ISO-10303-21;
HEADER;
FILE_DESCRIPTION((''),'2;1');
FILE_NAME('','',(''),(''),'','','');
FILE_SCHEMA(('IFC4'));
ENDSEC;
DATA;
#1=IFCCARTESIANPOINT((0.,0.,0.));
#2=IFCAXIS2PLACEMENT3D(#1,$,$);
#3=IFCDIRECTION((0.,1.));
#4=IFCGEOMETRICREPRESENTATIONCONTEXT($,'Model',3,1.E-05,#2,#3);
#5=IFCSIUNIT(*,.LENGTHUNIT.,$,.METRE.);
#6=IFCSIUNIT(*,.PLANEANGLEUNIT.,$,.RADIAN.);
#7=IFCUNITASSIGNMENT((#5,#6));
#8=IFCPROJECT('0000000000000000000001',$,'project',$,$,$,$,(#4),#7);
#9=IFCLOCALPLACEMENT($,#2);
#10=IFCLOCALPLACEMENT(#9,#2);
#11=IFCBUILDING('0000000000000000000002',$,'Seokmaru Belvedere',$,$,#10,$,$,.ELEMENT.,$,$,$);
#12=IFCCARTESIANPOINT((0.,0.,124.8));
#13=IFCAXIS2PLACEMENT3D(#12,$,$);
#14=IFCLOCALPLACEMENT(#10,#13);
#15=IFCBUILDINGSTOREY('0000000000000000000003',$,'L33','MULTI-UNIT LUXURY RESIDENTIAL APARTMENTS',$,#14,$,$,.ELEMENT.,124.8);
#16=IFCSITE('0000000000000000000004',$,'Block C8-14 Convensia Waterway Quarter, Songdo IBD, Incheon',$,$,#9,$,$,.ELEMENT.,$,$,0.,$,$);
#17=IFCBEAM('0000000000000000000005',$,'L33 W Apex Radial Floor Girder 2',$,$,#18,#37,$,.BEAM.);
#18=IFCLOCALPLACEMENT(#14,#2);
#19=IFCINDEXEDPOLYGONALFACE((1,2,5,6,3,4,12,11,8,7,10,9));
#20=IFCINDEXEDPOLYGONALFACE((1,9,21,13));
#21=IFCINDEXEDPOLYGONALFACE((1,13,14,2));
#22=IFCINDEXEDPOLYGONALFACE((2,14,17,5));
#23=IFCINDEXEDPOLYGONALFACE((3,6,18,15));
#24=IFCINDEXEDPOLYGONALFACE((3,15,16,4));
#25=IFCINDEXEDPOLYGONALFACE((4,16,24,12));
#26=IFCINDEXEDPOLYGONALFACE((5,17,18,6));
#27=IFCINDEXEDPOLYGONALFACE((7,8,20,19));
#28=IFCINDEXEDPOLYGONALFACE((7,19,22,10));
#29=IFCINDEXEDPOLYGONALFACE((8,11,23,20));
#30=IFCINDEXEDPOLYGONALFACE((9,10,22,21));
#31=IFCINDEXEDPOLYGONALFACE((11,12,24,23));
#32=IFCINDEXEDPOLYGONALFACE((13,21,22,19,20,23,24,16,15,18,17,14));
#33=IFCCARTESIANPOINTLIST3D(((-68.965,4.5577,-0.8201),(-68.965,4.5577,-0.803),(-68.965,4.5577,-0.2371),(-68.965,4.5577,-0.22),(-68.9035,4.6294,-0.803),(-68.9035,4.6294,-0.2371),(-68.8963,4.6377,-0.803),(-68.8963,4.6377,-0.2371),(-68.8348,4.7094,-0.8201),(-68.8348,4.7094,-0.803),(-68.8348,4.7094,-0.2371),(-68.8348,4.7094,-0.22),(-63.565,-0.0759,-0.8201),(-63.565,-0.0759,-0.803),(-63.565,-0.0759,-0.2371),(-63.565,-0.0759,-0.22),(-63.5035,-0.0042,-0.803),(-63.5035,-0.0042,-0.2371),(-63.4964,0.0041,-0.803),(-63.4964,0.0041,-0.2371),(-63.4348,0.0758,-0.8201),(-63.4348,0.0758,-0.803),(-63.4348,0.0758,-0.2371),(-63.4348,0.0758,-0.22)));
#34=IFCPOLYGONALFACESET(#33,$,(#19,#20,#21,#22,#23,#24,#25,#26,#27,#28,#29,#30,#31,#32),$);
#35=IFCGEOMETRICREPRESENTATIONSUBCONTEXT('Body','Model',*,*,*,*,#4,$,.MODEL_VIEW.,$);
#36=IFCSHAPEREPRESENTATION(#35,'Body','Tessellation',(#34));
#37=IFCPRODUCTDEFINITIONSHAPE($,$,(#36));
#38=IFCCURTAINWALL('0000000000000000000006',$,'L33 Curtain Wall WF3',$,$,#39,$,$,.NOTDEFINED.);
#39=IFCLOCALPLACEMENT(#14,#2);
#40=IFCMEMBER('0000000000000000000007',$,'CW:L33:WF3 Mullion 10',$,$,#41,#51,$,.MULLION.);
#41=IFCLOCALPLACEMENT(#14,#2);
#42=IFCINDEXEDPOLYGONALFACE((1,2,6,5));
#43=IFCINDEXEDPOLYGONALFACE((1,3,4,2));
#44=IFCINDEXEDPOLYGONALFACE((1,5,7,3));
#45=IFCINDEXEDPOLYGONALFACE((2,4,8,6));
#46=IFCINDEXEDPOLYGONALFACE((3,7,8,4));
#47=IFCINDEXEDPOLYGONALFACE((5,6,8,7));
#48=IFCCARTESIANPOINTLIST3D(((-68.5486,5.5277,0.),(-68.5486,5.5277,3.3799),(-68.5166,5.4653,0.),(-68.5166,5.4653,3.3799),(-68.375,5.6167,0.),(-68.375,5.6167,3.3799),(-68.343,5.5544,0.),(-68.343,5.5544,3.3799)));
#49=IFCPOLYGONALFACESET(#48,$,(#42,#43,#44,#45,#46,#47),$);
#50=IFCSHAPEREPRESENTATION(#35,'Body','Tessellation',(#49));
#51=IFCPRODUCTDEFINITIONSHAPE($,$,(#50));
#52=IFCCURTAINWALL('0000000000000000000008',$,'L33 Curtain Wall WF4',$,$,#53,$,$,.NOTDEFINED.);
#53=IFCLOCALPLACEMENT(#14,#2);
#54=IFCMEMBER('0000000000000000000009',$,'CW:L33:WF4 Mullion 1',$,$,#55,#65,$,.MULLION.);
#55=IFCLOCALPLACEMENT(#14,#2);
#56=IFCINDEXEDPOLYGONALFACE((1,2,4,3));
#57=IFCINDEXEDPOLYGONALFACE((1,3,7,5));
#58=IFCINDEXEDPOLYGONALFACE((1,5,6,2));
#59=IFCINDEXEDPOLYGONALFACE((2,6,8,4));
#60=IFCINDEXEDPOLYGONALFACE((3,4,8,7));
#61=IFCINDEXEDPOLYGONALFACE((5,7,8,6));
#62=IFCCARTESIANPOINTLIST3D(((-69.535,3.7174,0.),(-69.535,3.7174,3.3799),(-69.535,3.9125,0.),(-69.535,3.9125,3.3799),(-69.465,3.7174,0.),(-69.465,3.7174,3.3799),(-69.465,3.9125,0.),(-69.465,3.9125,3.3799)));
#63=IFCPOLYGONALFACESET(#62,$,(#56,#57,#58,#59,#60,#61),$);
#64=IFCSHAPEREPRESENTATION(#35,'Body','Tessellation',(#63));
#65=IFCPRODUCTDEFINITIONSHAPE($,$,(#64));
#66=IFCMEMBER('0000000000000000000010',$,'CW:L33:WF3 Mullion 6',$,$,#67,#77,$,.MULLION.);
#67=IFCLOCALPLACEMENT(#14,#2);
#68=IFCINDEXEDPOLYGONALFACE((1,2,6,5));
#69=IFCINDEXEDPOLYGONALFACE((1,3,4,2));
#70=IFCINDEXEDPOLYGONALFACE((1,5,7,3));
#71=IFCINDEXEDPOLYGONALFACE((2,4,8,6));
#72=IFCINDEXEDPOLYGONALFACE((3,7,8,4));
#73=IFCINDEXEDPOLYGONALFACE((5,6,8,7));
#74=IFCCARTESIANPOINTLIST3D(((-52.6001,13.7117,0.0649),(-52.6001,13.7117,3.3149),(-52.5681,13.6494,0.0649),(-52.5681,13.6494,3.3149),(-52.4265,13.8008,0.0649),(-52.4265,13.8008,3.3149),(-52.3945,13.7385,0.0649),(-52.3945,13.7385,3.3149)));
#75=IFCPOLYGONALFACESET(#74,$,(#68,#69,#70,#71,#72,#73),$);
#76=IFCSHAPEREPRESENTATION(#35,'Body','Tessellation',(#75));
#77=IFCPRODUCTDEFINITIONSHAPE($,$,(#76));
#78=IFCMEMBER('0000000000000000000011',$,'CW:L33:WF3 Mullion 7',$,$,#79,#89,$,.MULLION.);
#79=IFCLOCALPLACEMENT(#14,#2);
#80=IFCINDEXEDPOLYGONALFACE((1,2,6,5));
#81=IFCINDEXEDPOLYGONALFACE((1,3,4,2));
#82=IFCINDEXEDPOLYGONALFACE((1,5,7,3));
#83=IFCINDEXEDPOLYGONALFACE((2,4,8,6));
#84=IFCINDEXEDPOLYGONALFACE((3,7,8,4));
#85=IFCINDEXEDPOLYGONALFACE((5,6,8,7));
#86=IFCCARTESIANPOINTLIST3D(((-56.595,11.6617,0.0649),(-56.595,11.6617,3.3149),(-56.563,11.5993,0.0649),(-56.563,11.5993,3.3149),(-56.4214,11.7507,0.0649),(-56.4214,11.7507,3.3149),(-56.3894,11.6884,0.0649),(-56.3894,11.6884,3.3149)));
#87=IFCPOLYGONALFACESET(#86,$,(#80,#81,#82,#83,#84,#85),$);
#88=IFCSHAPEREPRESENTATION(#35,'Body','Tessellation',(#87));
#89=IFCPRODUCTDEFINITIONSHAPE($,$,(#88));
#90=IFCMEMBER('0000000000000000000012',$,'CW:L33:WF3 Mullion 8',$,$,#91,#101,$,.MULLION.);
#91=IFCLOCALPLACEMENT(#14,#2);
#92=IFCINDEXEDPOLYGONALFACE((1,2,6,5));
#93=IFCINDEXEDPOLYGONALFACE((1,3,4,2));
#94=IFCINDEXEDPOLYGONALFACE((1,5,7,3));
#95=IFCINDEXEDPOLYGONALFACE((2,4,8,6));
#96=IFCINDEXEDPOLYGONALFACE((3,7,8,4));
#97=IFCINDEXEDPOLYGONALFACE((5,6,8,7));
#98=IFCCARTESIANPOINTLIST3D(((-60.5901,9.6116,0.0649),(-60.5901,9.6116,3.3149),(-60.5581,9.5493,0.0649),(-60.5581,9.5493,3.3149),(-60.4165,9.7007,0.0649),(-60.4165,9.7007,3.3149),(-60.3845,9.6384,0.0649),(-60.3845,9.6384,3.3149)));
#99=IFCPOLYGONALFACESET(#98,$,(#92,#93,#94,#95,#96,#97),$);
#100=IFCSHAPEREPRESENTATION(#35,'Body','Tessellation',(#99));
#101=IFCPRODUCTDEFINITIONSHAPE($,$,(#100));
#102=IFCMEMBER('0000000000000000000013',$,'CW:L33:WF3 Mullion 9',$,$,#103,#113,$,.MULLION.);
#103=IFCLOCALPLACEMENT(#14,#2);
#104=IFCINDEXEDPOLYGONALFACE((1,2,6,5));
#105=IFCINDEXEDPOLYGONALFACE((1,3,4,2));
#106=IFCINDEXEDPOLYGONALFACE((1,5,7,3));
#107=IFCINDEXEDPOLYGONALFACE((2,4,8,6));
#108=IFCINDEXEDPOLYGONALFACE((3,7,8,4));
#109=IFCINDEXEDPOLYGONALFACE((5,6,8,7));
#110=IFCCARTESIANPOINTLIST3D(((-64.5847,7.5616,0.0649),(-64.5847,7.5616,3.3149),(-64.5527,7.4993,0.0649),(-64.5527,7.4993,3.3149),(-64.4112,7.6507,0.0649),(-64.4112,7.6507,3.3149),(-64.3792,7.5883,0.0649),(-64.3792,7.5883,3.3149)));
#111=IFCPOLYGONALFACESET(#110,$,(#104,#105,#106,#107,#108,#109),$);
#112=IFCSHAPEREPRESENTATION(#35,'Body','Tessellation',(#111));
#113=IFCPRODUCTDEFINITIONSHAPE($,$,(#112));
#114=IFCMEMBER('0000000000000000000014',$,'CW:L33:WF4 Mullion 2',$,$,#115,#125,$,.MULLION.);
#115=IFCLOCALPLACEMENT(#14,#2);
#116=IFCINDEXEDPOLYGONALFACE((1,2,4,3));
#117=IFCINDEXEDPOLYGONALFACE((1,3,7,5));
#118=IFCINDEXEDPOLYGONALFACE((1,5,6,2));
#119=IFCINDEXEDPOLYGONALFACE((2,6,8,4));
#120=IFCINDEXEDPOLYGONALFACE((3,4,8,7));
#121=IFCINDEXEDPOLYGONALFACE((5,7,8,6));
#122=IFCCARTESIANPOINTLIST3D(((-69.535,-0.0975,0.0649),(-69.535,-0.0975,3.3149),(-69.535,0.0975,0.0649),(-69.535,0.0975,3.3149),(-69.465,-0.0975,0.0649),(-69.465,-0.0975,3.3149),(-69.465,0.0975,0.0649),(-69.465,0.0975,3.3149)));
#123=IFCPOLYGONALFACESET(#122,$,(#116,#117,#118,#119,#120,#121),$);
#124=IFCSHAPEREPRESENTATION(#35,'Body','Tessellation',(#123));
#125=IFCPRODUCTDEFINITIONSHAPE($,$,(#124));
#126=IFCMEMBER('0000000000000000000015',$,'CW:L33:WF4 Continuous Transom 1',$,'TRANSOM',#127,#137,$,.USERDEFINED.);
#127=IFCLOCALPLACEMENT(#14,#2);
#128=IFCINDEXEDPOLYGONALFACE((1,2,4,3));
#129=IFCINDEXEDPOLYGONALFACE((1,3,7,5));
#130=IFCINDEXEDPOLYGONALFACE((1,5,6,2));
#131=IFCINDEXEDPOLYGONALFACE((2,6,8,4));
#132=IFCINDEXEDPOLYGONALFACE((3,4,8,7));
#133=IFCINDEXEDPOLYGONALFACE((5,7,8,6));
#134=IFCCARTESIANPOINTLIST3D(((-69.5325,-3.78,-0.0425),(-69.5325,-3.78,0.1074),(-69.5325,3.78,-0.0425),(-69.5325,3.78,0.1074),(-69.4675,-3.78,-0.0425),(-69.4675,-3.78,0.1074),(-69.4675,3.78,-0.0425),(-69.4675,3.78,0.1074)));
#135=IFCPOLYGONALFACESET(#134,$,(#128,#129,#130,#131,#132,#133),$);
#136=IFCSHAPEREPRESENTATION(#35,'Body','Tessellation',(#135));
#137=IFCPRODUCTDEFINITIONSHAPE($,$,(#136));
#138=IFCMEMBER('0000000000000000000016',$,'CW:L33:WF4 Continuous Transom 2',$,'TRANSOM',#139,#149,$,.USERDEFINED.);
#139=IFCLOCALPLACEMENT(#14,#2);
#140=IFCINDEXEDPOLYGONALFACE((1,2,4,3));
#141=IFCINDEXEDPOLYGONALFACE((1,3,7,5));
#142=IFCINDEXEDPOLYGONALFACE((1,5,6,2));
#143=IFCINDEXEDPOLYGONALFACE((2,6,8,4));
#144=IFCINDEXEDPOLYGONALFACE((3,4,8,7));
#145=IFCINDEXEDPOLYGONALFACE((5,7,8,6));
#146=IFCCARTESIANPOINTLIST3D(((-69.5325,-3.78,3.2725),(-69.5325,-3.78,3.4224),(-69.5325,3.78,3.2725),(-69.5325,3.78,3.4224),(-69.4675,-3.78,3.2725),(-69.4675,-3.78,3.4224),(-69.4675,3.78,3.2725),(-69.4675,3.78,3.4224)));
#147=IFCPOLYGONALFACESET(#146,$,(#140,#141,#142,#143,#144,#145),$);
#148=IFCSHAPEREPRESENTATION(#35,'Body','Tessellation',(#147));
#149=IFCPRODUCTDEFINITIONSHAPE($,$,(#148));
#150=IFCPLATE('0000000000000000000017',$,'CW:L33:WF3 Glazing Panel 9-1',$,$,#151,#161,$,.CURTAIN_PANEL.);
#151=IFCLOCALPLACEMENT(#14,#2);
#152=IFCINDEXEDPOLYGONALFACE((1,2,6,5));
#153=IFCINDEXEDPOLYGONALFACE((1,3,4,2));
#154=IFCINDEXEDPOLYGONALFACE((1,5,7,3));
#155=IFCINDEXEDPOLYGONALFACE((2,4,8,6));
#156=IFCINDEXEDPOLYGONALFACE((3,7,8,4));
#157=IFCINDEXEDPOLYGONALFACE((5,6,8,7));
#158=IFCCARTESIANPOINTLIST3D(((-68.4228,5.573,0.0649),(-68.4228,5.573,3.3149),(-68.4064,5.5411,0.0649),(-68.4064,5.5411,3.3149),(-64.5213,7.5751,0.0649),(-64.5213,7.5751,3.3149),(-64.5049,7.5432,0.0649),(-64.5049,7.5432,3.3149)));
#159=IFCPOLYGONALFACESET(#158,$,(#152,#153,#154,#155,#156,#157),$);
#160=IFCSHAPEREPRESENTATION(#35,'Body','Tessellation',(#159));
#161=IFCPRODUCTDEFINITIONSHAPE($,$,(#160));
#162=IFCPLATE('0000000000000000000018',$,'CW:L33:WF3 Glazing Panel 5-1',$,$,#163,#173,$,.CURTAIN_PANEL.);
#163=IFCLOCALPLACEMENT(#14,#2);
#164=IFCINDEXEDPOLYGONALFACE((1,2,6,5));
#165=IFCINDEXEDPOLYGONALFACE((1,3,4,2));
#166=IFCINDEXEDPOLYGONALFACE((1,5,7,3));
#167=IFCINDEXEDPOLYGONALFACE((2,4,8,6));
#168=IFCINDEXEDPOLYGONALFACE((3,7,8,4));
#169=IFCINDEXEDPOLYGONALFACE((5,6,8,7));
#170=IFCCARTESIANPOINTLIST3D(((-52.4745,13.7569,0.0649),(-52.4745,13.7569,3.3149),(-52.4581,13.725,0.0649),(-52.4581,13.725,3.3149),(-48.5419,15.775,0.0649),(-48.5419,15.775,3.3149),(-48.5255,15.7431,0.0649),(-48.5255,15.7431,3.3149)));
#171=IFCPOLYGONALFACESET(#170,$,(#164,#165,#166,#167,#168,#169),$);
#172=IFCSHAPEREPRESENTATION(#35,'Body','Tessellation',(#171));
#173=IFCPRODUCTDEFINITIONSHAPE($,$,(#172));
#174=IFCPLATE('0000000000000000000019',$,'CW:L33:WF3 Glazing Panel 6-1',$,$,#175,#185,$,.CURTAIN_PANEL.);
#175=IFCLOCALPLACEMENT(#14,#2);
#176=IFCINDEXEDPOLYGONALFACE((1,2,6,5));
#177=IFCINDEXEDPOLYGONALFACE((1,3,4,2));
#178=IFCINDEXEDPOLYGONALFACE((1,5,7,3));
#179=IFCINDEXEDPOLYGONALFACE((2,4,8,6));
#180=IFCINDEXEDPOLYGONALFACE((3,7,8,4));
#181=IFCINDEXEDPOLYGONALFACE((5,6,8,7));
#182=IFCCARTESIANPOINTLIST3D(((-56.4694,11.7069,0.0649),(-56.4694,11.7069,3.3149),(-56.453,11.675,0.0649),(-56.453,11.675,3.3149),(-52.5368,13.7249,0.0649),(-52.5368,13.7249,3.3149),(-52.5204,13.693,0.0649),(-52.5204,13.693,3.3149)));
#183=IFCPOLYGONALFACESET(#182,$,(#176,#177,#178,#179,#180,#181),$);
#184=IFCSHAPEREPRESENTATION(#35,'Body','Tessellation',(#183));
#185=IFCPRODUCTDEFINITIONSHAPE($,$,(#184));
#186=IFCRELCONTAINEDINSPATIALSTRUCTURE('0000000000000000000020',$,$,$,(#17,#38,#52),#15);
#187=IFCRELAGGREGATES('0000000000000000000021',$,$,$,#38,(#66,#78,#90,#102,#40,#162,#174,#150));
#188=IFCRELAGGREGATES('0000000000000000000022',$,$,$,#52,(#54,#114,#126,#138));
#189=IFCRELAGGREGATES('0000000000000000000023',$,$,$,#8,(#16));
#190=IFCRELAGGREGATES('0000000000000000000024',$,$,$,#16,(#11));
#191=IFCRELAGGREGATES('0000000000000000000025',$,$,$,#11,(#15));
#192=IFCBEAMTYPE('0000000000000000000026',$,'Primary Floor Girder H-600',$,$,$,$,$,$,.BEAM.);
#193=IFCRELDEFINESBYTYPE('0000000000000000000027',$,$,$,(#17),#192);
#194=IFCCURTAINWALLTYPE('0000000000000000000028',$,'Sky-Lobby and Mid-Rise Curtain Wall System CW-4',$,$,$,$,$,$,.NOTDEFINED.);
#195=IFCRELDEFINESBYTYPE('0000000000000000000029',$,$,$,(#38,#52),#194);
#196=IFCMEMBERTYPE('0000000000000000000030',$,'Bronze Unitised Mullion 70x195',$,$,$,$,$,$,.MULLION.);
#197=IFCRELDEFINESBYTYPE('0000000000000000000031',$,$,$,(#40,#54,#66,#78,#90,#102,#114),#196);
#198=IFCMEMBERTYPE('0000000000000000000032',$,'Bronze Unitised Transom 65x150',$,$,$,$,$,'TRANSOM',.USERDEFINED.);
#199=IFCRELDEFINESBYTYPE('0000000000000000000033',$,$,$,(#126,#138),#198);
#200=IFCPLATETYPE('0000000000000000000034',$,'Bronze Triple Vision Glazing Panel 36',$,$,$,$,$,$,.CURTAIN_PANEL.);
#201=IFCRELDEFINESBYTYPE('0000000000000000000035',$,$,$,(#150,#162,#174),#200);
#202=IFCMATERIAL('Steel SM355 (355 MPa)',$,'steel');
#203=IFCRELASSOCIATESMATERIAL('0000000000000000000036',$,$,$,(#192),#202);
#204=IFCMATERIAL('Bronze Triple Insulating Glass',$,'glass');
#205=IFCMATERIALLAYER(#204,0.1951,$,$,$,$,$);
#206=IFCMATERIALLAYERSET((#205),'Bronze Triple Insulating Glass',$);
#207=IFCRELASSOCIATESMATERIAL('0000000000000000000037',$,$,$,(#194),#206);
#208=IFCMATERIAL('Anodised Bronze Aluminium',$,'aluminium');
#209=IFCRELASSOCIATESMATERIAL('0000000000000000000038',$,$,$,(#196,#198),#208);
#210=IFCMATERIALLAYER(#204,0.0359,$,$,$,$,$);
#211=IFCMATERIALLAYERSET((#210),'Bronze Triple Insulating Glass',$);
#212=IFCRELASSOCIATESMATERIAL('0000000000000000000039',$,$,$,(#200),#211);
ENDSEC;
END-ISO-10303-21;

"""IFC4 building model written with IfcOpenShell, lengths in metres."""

from ifc_helpers import new_model, si_unit, direction, frame, origin, origin_2d, place, context, subcontext, project, spatial, rectangle, i_section, extrude, source, transform, mapped, material, layer, layer_set, material_profile, profile_set, type_object, type_shapes, element, aggregate, save


model = new_model("IFC4")

# Units and contexts
model_context = context("Model", 3, precision=1e-05, world=origin(), true_north=direction((0.0, 1.0)))
body_context = subcontext(model_context, "Body", "Model", "MODEL_VIEW")
ifc_project = project(units=[si_unit("LENGTHUNIT", "METRE"), si_unit("PLANEANGLEUNIT", "RADIAN")], contexts=[model_context])

# Site, building, storey
site_placement = place(None, origin())
site = spatial("IfcSite", under=ifc_project, at=site_placement, Name="Block C8-14 Convensia Waterway Quarter, Songdo IBD, Incheon", CompositionType="ELEMENT", RefElevation=0.0)
building_placement = place(site_placement, origin())
building = spatial("IfcBuilding", under=site, at=building_placement, Name="Seokmaru Belvedere", CompositionType="ELEMENT")
storey_placement = place(building_placement, frame((0.0, 0.0, 124.8)))
storey = spatial("IfcBuildingStorey", under=building, at=storey_placement, Name="L33", Description="MULTI-UNIT LUXURY RESIDENTIAL APARTMENTS", CompositionType="ELEMENT", Elevation=124.8)

# Shared definitions
ifc_material_1 = material(Name="Steel SM355 (355 MPa)", Category="steel")

# Beam
ifc_material_profile_1 = material_profile(ifc_material_1, i_section(OverallWidth=0.2, OverallDepth=0.6001, WebThickness=0.011, FlangeThickness=0.0171, at=origin_2d()), Name="H-600x200x11x17")
ifc_profile_set_1 = profile_set([ifc_material_profile_1], Name="Steel SM355 (355 MPa)")
beam_type_1 = type_object("IfcBeamType", Name="Primary Floor Girder H-600", PredefinedType="BEAM", material=ifc_profile_set_1)
shared_shape_1 = source(origin(), body_context, "Body", "SweptSolid", [
    extrude(i_section(OverallWidth=0.2, OverallDepth=0.6001, WebThickness=0.011, FlangeThickness=0.0171, at=origin_2d()), origin(), (0.0, 0.0, 1.0), 7.1155),
])
beam_1_placement = place(storey_placement, frame((-68.8999, 4.6335, -0.52), z_axis=(0.758905, -0.651201, 0.0), x_axis=(0.651201, 0.758905, 0.0)))
element("IfcBeam", 1, at=beam_1_placement, inside=storey, type_object=beam_type_1, Name="L33 W Apex Radial Floor Girder 2", PredefinedType="BEAM", context=body_context, shape_type="MappedRepresentation", body=[
    mapped(shared_shape_1, transform((0.0, 0.0, 0.0), scale=1.0)),
])

# Curtain walls, members
ifc_material_2 = material(Name="Bronze Triple Insulating Glass", Category="glass")
ifc_layer_1 = layer(ifc_material_2, 0.1951)
ifc_layer_set_1 = layer_set([ifc_layer_1], Name="Bronze Triple Insulating Glass")
curtain_wall_type = type_object("IfcCurtainWallType", Name="Sky-Lobby and Mid-Rise Curtain Wall System CW-4", PredefinedType="NOTDEFINED", material=ifc_layer_set_1)
curtain_wall_1_placement = place(storey_placement, origin())
curtain_wall_1 = element("IfcCurtainWall", 2, at=curtain_wall_1_placement, inside=storey, type_object=curtain_wall_type, Name="L33 Curtain Wall WF3", PredefinedType="NOTDEFINED")
ifc_material_3 = material(Name="Anodised Bronze Aluminium", Category="aluminium")
ifc_material_profile_2 = material_profile(ifc_material_3, rectangle(XDim=0.0701, YDim=0.1951, at=origin_2d()), Name="CW-M-70x195")
ifc_profile_set_2 = profile_set([ifc_material_profile_2], Name="Anodised Bronze Aluminium")
member_type_1 = type_object("IfcMemberType", Name="Bronze Unitised Mullion 70x195", PredefinedType="MULLION", material=ifc_profile_set_2)
shared_shape_2 = source(origin(), body_context, "Body", "SweptSolid", [
    extrude(rectangle(XDim=0.0701, YDim=0.1951, at=origin_2d()), origin(), (0.0, 0.0, 1.0), 3.3799),
])
member_1_placement = place(storey_placement, frame((-68.4458, 5.541, 0.0), z_axis=(0.0, 0.0, 1.0), x_axis=(0.456555, -0.889695, 0.0)))
member_1 = element("IfcMember", 3, at=member_1_placement, type_object=member_type_1, Name="CW:L33:WF3 Mullion 10", PredefinedType="MULLION", context=body_context, shape_type="MappedRepresentation", body=[
    mapped(shared_shape_2, transform((0.0, 0.0, 0.0), scale=1.0)),
])
curtain_wall_2_placement = place(storey_placement, origin())
curtain_wall_2 = element("IfcCurtainWall", 4, at=curtain_wall_2_placement, inside=storey, type_object=curtain_wall_type, Name="L33 Curtain Wall WF4", PredefinedType="NOTDEFINED")
member_2_placement = place(storey_placement, frame((-69.5, 3.8149, 0.0), z_axis=(0.0, 0.0, 1.0), x_axis=(1.0, 0.0, 0.0)))
member_2 = element("IfcMember", 5, at=member_2_placement, type_object=member_type_1, Name="CW:L33:WF4 Mullion 1", PredefinedType="MULLION", context=body_context, shape_type="MappedRepresentation", body=[
    mapped(shared_shape_2, transform((0.0, 0.0, 0.0), scale=1.0)),
])

# Members
shared_shape_3 = source(origin(), body_context, "Body", "SweptSolid", [
    extrude(rectangle(XDim=0.0701, YDim=0.1951, at=origin_2d()), origin(), (0.0, 0.0, 1.0), 3.25),
])
type_shapes(member_type_1, [shared_shape_2, shared_shape_3])
member_3_placement = place(storey_placement, frame((-52.4973, 13.7251, 0.0649), z_axis=(0.0, 0.0, 1.0), x_axis=(0.456555, -0.889695, 0.0)))
member_3 = element("IfcMember", 6, at=member_3_placement, type_object=member_type_1, Name="CW:L33:WF3 Mullion 6", PredefinedType="MULLION", context=body_context, shape_type="MappedRepresentation", body=[
    mapped(shared_shape_3, transform((0.0, 0.0, 0.0), scale=1.0)),
])
member_4_placement = place(storey_placement, frame((-56.4922, 11.675, 0.0649), z_axis=(0.0, 0.0, 1.0), x_axis=(0.456555, -0.889695, 0.0)))
member_4 = element("IfcMember", 7, at=member_4_placement, type_object=member_type_1, Name="CW:L33:WF3 Mullion 7", PredefinedType="MULLION", context=body_context, shape_type="MappedRepresentation", body=[
    mapped(shared_shape_3, transform((0.0, 0.0, 0.0), scale=1.0)),
])
member_5_placement = place(storey_placement, frame((-60.4873, 9.625, 0.0649), z_axis=(0.0, 0.0, 1.0), x_axis=(0.456555, -0.889695, 0.0)))
member_5 = element("IfcMember", 8, at=member_5_placement, type_object=member_type_1, Name="CW:L33:WF3 Mullion 8", PredefinedType="MULLION", context=body_context, shape_type="MappedRepresentation", body=[
    mapped(shared_shape_3, transform((0.0, 0.0, 0.0), scale=1.0)),
])
member_6_placement = place(storey_placement, frame((-64.4819, 7.575, 0.0649), z_axis=(0.0, 0.0, 1.0), x_axis=(0.456555, -0.889695, 0.0)))
member_6 = element("IfcMember", 9, at=member_6_placement, type_object=member_type_1, Name="CW:L33:WF3 Mullion 9", PredefinedType="MULLION", context=body_context, shape_type="MappedRepresentation", body=[
    mapped(shared_shape_3, transform((0.0, 0.0, 0.0), scale=1.0)),
])
member_7_placement = place(storey_placement, frame((-69.5, 0.0, 0.0649), z_axis=(0.0, 0.0, 1.0), x_axis=(1.0, 0.0, 0.0)))
member_7 = element("IfcMember", 10, at=member_7_placement, type_object=member_type_1, Name="CW:L33:WF4 Mullion 2", PredefinedType="MULLION", context=body_context, shape_type="MappedRepresentation", body=[
    mapped(shared_shape_3, transform((0.0, 0.0, 0.0), scale=1.0)),
])
ifc_material_profile_3 = material_profile(ifc_material_3, rectangle(XDim=0.0649, YDim=0.1499, at=origin_2d()), Name="CW-T-65x150")
ifc_profile_set_3 = profile_set([ifc_material_profile_3], Name="Anodised Bronze Aluminium")
member_type_2 = type_object("IfcMemberType", Name="Bronze Unitised Transom 65x150", ElementType="TRANSOM", PredefinedType="USERDEFINED", material=ifc_profile_set_3)
shared_shape_4 = source(origin(), body_context, "Body", "SweptSolid", [
    extrude(rectangle(XDim=0.0649, YDim=0.1499, at=origin_2d()), origin(), (0.0, 0.0, 1.0), 7.5601),
])
type_shapes(member_type_2, [shared_shape_4])
member_8_placement = place(storey_placement, frame((-69.5, 3.78, 0.0325), z_axis=(0.0, -1.0, 0.0), x_axis=(1.0, 0.0, 0.0)))
member_8 = element("IfcMember", 11, at=member_8_placement, type_object=member_type_2, Name="CW:L33:WF4 Continuous Transom 1", ObjectType="TRANSOM", PredefinedType="USERDEFINED", context=body_context, shape_type="MappedRepresentation", body=[
    mapped(shared_shape_4, transform((0.0, 0.0, 0.0), scale=1.0)),
])
member_9_placement = place(storey_placement, frame((-69.5, 3.78, 3.3474), z_axis=(0.0, -1.0, 0.0), x_axis=(1.0, 0.0, 0.0)))
member_9 = element("IfcMember", 12, at=member_9_placement, type_object=member_type_2, Name="CW:L33:WF4 Continuous Transom 2", ObjectType="TRANSOM", PredefinedType="USERDEFINED", context=body_context, shape_type="MappedRepresentation", body=[
    mapped(shared_shape_4, transform((0.0, 0.0, 0.0), scale=1.0)),
])

# Plates
ifc_layer_2 = layer(ifc_material_2, 0.0359)
ifc_layer_set_2 = layer_set([ifc_layer_2], Name="Bronze Triple Insulating Glass")
plate_type = type_object("IfcPlateType", Name="Bronze Triple Vision Glazing Panel 36", PredefinedType="CURTAIN_PANEL", material=ifc_layer_set_2)
shared_shape_5 = source(origin(), body_context, "Body", "SweptSolid", [
    extrude(rectangle(XDim=4.3853, YDim=0.0359, at=origin_2d()), origin(), (0.0, 0.0, 1.0), 3.25),
])
plate_1_placement = place(storey_placement, frame((-66.4639, 6.5581, 0.0649), z_axis=(0.0, 0.0, 1.0), x_axis=(-0.889695, -0.456555, 0.0)))
plate_1 = element("IfcPlate", 13, at=plate_1_placement, type_object=plate_type, Name="CW:L33:WF3 Glazing Panel 9-1", PredefinedType="CURTAIN_PANEL", context=body_context, shape_type="MappedRepresentation", body=[
    mapped(shared_shape_5, transform((0.0, 0.0, 0.0), scale=1.0)),
])
shared_shape_6 = source(origin(), body_context, "Body", "SweptSolid", [
    extrude(rectangle(XDim=4.4202, YDim=0.0359, at=origin_2d()), origin(), (0.0, 0.0, 1.0), 3.25),
])
plate_2_placement = place(storey_placement, frame((-50.5, 14.75, 0.0649), z_axis=(0.0, 0.0, 1.0), x_axis=(-0.889695, -0.456555, 0.0)))
plate_2 = element("IfcPlate", 14, at=plate_2_placement, type_object=plate_type, Name="CW:L33:WF3 Glazing Panel 5-1", PredefinedType="CURTAIN_PANEL", context=body_context, shape_type="MappedRepresentation", body=[
    mapped(shared_shape_6, transform((0.0, 0.0, 0.0), scale=1.0)),
])
plate_3_placement = place(storey_placement, frame((-54.4949, 12.7, 0.0649), z_axis=(0.0, 0.0, 1.0), x_axis=(-0.889695, -0.456555, 0.0)))
plate_3 = element("IfcPlate", 15, at=plate_3_placement, type_object=plate_type, Name="CW:L33:WF3 Glazing Panel 6-1", PredefinedType="CURTAIN_PANEL", context=body_context, shape_type="MappedRepresentation", body=[
    mapped(shared_shape_6, transform((0.0, 0.0, 0.0), scale=1.0)),
])
aggregate(curtain_wall_1, [member_3, member_4, member_5, member_6, member_1, plate_2, plate_3, plate_1])
aggregate(curtain_wall_2, [member_2, member_7, member_8, member_9])

save(model, "model.ifc")
